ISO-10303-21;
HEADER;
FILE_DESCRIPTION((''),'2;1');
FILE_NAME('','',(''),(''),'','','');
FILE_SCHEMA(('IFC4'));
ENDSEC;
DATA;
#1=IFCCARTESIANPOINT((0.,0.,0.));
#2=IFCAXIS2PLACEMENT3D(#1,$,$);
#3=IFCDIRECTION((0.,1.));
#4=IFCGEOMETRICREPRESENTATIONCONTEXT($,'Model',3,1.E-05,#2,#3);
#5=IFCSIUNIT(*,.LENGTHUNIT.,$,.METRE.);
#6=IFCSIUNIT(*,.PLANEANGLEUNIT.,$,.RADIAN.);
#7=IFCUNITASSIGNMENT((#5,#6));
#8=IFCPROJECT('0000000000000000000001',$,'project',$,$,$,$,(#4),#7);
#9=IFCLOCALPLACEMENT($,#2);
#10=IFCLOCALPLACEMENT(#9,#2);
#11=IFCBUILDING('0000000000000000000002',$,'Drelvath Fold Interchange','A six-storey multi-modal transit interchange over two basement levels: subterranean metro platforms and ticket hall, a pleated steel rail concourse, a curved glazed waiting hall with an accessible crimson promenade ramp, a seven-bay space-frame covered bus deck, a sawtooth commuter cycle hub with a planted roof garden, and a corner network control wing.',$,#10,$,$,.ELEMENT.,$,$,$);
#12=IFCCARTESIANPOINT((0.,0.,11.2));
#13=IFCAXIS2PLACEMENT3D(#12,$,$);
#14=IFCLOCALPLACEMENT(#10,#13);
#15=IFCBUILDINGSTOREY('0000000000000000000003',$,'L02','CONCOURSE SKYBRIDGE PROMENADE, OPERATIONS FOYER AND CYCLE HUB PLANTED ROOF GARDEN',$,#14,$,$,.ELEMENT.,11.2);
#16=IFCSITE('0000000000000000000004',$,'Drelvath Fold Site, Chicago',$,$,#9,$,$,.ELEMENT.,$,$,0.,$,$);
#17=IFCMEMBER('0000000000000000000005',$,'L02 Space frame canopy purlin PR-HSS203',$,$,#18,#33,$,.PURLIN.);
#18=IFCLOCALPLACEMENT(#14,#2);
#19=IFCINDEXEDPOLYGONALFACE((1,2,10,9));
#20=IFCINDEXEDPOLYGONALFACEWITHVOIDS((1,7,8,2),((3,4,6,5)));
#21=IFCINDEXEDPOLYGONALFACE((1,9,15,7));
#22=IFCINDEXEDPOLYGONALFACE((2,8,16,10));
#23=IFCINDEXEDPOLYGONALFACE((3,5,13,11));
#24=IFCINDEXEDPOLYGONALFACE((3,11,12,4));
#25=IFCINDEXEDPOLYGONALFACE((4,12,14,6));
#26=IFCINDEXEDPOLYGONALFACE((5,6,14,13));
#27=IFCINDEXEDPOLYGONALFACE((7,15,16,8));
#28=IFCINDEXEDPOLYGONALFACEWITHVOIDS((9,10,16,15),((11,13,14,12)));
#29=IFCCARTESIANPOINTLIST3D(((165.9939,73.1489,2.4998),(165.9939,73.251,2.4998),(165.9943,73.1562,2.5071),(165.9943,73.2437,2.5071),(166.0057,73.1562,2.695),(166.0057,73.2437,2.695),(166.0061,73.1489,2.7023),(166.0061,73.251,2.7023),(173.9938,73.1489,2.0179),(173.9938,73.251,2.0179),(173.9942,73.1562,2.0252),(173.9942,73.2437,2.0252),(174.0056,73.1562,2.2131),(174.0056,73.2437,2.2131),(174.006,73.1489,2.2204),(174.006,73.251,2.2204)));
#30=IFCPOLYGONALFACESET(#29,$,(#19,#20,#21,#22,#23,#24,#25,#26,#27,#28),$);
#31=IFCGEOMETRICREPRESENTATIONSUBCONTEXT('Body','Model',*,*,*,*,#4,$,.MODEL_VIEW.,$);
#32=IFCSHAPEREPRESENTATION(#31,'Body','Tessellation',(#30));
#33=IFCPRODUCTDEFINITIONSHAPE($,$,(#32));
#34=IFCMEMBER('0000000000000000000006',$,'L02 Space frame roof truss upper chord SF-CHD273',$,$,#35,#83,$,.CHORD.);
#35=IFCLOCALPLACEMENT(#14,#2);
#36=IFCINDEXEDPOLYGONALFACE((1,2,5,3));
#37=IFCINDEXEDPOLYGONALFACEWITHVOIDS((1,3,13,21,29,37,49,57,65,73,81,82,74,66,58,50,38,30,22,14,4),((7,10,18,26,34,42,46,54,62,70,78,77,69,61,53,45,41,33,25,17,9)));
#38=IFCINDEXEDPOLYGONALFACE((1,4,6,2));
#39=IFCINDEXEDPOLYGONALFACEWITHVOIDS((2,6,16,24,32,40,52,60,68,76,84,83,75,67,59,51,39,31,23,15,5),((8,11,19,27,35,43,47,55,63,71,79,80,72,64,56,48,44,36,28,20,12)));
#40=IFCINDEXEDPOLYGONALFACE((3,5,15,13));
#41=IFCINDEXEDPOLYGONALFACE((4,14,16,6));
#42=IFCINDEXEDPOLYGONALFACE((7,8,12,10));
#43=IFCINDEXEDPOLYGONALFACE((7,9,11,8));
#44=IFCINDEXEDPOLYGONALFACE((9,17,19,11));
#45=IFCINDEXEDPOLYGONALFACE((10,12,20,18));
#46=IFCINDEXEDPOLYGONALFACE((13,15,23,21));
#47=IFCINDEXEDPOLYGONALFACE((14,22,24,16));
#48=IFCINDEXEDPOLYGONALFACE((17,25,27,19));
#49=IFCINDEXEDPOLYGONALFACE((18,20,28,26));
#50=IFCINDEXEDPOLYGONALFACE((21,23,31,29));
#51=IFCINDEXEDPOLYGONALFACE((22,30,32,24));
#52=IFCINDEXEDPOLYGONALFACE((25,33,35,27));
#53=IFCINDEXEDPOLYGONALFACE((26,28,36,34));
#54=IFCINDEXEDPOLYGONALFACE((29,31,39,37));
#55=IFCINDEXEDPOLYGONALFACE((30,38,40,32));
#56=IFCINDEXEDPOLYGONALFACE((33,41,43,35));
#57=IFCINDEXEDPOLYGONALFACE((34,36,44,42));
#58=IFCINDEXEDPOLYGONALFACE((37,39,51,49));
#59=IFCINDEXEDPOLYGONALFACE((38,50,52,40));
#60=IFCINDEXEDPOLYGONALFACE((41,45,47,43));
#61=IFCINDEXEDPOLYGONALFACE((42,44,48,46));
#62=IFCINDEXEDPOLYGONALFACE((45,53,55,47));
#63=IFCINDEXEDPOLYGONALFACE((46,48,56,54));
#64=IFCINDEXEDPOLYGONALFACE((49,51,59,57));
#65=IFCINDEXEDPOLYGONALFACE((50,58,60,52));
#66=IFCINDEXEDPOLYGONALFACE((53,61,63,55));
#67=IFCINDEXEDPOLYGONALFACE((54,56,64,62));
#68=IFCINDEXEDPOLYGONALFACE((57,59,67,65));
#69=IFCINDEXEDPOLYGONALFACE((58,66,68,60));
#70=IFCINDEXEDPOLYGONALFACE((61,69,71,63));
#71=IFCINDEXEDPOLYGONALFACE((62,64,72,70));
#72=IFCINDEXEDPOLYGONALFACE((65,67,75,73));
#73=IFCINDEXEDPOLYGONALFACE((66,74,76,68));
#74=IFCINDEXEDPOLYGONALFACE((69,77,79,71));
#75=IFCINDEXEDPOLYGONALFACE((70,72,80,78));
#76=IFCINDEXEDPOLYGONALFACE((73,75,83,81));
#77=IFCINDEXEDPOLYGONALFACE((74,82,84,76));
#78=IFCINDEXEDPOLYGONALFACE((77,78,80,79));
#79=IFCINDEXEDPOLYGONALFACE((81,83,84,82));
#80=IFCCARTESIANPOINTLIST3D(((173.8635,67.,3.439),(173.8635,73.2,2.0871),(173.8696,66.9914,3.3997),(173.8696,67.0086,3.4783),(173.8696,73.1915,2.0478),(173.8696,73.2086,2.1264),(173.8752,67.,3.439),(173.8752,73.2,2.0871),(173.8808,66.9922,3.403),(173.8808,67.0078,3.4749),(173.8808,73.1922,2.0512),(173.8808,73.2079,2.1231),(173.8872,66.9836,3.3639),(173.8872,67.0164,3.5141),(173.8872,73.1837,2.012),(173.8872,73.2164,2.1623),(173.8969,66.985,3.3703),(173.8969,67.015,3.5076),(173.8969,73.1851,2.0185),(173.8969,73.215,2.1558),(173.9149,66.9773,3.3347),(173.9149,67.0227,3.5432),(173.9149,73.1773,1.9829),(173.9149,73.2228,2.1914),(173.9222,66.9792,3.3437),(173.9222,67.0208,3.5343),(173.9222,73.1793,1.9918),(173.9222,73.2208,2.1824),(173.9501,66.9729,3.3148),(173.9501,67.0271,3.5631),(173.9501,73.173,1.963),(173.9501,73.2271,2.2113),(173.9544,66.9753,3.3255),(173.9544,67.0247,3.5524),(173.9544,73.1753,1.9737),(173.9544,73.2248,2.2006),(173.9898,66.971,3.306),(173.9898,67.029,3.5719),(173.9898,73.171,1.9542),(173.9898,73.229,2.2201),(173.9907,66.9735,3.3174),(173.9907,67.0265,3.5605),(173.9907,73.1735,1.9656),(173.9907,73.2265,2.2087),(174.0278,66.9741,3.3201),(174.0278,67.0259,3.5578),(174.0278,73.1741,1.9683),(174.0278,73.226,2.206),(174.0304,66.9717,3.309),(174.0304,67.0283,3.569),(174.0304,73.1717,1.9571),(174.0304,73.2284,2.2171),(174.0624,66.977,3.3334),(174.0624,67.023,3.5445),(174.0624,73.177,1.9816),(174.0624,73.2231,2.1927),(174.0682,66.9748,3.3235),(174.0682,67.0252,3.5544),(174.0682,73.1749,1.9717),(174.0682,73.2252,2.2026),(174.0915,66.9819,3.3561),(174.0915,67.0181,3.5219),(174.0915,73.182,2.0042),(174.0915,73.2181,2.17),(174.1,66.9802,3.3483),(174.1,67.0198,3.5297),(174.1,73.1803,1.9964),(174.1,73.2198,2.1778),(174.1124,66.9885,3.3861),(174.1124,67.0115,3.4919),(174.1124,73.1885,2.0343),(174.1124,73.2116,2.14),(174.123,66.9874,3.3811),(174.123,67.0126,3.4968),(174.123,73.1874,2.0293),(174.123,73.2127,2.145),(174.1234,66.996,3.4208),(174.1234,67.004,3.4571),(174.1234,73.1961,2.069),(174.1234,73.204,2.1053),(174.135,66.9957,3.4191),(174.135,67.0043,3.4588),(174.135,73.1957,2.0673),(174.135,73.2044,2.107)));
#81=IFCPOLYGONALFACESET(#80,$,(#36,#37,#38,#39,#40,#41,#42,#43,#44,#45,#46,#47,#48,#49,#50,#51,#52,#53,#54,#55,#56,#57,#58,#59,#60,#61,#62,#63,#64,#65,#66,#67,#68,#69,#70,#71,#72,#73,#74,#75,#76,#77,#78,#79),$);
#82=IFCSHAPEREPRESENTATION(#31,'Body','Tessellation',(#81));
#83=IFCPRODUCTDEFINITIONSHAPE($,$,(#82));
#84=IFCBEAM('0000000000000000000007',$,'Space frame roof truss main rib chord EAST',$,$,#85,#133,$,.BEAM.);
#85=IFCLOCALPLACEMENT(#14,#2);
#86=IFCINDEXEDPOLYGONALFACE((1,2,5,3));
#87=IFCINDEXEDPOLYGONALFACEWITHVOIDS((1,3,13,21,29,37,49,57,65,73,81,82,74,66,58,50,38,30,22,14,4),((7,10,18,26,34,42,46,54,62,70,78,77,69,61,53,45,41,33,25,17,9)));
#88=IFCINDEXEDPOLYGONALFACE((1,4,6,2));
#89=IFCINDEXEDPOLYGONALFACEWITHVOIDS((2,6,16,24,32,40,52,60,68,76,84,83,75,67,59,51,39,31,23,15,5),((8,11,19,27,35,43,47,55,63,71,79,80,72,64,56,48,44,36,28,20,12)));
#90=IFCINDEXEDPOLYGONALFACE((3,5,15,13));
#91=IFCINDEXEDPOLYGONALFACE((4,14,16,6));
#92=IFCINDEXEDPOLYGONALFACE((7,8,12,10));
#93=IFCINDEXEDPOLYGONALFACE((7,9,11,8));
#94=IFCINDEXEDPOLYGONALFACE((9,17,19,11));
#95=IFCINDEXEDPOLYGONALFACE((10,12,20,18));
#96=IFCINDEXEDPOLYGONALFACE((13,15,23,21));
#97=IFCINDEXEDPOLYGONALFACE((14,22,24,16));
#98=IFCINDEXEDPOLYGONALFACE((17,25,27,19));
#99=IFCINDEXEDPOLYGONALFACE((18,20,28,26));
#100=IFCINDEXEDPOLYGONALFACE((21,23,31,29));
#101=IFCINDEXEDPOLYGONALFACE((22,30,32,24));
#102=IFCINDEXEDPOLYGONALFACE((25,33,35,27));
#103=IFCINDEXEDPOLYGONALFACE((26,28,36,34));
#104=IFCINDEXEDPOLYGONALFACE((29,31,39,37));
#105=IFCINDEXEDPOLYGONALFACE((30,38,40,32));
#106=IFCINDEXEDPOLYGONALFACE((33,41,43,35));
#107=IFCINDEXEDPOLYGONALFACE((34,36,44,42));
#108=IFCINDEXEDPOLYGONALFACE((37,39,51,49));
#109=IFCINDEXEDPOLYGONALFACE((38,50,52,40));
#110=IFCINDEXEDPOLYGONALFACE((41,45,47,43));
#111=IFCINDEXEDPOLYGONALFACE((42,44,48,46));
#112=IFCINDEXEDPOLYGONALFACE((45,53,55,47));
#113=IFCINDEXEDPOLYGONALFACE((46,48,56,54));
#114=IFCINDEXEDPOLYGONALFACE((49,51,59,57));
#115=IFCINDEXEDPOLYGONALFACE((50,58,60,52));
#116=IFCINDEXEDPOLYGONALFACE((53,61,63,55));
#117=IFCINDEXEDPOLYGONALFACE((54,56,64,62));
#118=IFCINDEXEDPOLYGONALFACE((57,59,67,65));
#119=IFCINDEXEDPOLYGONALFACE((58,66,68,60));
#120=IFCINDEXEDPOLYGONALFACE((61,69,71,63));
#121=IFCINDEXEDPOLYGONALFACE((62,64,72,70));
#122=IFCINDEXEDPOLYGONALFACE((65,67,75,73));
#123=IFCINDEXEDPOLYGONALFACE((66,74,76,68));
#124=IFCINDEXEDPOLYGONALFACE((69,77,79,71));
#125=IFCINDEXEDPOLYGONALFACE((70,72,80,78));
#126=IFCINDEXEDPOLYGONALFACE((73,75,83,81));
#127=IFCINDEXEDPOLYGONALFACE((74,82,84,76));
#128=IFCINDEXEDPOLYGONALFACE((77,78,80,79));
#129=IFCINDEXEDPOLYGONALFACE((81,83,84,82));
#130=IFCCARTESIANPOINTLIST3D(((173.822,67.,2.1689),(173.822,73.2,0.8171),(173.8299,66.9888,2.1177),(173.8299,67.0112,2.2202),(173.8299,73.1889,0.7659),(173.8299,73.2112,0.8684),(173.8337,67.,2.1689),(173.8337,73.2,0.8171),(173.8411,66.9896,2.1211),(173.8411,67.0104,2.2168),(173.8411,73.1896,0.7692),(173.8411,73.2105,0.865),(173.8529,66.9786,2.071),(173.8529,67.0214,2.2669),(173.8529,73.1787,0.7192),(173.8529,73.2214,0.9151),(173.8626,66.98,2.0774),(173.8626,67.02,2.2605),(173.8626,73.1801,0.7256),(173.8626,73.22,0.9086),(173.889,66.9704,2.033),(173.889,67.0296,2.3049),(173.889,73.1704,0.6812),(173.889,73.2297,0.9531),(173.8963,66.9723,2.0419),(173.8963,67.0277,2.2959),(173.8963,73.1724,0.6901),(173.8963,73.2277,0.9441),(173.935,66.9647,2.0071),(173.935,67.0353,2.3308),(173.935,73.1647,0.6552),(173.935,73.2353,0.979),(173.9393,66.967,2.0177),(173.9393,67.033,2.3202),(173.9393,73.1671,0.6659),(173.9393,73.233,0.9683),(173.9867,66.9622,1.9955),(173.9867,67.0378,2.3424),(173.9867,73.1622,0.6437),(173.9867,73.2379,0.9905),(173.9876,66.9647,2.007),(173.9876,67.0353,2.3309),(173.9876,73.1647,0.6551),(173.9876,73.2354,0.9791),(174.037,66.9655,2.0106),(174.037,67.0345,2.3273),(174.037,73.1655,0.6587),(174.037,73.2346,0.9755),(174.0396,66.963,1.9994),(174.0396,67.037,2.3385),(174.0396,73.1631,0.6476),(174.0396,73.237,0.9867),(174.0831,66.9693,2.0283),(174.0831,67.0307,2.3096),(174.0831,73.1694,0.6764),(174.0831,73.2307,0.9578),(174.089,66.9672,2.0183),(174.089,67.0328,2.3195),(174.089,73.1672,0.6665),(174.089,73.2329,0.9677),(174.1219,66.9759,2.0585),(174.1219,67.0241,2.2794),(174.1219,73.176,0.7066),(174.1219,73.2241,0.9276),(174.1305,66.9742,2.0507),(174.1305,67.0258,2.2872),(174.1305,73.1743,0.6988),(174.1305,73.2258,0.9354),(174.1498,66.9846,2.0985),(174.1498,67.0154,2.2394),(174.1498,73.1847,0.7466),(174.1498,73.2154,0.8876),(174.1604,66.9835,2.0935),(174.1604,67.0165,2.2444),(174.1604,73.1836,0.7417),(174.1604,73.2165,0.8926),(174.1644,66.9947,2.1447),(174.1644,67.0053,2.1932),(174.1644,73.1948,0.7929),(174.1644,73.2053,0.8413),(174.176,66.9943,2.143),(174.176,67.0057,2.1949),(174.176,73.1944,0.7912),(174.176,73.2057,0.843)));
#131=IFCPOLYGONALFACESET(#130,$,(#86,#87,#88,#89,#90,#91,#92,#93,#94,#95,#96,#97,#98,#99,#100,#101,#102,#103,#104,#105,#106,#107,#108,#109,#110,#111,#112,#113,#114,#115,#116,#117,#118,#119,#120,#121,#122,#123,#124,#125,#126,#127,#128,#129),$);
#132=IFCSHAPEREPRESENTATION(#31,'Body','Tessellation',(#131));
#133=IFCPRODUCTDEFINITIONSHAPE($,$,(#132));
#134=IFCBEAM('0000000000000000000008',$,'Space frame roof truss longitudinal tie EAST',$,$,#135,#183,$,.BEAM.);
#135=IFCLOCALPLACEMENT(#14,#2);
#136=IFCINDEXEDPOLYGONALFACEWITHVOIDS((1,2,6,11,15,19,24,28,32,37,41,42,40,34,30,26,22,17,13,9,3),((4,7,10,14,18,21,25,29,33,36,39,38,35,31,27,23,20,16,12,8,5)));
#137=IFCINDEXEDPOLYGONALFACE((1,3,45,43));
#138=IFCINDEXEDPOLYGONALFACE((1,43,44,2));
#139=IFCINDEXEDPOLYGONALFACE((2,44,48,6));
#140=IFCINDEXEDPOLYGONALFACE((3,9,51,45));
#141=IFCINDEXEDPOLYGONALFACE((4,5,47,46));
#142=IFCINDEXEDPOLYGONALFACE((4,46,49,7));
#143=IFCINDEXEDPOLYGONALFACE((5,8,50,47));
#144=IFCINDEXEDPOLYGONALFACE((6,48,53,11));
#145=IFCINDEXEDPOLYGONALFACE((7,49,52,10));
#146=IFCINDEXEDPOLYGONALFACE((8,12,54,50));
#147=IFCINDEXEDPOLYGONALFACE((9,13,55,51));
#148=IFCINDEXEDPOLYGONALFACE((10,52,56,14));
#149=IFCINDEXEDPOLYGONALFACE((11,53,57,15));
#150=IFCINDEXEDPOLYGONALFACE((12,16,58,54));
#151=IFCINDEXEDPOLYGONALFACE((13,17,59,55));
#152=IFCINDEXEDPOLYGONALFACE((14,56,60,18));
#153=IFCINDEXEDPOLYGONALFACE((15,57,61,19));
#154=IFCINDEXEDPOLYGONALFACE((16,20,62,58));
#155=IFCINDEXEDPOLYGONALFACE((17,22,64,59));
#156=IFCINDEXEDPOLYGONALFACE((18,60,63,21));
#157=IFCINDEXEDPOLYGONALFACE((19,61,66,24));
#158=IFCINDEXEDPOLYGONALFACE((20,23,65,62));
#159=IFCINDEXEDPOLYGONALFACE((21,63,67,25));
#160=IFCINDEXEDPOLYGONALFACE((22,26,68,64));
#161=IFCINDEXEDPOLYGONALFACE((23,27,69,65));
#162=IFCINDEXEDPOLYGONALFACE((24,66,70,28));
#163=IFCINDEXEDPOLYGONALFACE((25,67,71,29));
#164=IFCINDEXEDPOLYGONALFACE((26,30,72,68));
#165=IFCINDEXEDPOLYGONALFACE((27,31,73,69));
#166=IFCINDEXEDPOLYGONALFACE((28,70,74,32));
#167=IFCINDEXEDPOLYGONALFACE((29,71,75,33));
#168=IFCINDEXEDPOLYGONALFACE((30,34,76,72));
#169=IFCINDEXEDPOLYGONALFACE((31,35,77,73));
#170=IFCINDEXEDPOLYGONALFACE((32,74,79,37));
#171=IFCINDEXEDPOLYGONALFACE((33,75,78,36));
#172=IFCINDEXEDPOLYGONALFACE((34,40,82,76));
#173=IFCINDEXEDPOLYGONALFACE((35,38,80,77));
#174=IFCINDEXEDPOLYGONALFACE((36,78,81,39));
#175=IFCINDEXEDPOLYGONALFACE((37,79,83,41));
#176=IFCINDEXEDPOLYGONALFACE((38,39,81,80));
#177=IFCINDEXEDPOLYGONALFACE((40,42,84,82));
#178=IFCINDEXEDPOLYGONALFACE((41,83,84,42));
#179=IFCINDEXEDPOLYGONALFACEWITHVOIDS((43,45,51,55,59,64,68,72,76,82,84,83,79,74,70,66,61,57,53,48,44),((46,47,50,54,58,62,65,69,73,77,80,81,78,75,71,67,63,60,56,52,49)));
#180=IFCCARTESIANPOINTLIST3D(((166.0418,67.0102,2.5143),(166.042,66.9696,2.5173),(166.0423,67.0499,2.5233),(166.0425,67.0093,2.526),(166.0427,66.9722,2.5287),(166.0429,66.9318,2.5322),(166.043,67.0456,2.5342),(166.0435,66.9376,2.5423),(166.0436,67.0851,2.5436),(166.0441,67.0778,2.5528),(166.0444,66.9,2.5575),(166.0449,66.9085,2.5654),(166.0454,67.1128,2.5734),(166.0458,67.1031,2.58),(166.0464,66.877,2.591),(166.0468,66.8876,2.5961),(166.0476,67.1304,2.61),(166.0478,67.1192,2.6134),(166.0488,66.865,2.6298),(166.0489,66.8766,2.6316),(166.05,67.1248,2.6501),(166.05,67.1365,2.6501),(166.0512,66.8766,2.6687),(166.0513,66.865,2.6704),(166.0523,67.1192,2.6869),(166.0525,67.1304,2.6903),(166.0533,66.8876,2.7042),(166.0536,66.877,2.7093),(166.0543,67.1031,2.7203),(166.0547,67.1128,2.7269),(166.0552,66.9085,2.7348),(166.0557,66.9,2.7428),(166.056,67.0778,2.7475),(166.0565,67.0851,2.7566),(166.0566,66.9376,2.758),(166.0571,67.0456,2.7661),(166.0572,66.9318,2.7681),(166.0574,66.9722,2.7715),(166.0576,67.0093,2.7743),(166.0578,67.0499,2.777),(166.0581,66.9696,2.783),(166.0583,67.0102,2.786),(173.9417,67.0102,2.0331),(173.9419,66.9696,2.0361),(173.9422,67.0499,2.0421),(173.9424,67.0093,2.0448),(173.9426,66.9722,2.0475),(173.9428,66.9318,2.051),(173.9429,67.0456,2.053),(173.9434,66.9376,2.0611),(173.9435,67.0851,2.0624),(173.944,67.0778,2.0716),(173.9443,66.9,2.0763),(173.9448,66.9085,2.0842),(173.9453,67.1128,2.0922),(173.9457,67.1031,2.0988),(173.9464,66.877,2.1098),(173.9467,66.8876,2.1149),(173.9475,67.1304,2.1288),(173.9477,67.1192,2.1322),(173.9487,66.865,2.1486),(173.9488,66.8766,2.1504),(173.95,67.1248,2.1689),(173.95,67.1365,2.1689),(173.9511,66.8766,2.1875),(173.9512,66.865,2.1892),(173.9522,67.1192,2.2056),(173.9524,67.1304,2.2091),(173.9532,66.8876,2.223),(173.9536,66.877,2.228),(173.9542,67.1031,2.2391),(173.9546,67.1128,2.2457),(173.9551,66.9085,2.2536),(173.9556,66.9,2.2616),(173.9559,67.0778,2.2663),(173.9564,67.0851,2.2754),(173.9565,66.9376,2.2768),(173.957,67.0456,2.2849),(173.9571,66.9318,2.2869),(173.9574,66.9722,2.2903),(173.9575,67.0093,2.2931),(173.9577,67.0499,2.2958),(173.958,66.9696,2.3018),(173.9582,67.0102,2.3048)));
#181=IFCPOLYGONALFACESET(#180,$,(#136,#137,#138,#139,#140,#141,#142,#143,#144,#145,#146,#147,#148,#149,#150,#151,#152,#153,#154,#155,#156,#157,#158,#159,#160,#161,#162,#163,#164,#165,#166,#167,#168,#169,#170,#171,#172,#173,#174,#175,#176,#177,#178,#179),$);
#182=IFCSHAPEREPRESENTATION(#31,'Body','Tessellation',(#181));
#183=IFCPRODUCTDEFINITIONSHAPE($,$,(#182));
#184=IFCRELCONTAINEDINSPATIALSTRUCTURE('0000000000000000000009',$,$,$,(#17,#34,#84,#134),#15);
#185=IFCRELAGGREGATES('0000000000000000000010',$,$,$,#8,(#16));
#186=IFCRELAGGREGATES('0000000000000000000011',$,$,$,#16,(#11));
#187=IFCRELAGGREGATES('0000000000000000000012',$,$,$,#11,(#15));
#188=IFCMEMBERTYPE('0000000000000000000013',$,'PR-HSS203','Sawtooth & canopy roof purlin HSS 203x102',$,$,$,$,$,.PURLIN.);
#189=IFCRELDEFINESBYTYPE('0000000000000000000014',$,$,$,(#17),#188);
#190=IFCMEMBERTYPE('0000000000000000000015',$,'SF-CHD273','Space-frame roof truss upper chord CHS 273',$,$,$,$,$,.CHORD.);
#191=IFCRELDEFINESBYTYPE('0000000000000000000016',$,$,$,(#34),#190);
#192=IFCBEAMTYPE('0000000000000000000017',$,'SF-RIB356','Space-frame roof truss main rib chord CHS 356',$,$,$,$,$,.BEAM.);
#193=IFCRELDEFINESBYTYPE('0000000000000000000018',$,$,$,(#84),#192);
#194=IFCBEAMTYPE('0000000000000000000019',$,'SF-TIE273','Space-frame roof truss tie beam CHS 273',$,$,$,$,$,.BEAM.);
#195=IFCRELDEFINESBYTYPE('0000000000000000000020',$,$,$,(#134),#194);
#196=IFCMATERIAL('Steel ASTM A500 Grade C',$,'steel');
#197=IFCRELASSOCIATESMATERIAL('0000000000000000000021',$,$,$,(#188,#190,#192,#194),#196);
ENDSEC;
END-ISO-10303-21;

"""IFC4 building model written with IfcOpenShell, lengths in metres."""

from ifc_helpers import new_model, si_unit, direction, frame, origin, origin_2d, place, context, subcontext, project, spatial, hollow_rectangle, hollow_circle, extrude, material, material_profile, profile_set, type_object, element, save


model = new_model("IFC4")

# Units and contexts
model_context = context("Model", 3, precision=1e-05, world=origin(), true_north=direction((0.0, 1.0)))
body_context = subcontext(model_context, "Body", "Model", "MODEL_VIEW")
ifc_project = project(units=[si_unit("LENGTHUNIT", "METRE"), si_unit("PLANEANGLEUNIT", "RADIAN")], contexts=[model_context])

# Site, building, storey
site_placement = place(None, origin())
site = spatial("IfcSite", under=ifc_project, at=site_placement, Name="Drelvath Fold Site, Chicago", CompositionType="ELEMENT", RefElevation=0.0)
building_placement = place(site_placement, origin())
building = spatial("IfcBuilding", under=site, at=building_placement, Name="Drelvath Fold Interchange", Description="A six-storey multi-modal transit interchange over two basement levels: subterranean metro platforms and ticket hall, a pleated steel rail concourse, a curved glazed waiting hall with an accessible crimson promenade ramp, a seven-bay space-frame covered bus deck, a sawtooth commuter cycle hub with a planted roof garden, and a corner network control wing.", CompositionType="ELEMENT")
storey_placement = place(building_placement, frame((0.0, 0.0, 11.2)))
storey = spatial("IfcBuildingStorey", under=building, at=storey_placement, Name="L02", Description="CONCOURSE SKYBRIDGE PROMENADE, OPERATIONS FOYER AND CYCLE HUB PLANTED ROOF GARDEN", CompositionType="ELEMENT", Elevation=11.2)

# Members
ifc_material_1 = material(Name="Steel ASTM A500 Grade C", Category="steel")
ifc_material_profile_1 = material_profile(ifc_material_1, hollow_rectangle(XDim=0.1021, YDim=0.2029, WallThickness=0.0073, at=origin_2d()), Name="HSS8X4X5/16")
ifc_profile_set_1 = profile_set([ifc_material_profile_1], Name="Steel ASTM A500 Grade C")
member_type_1 = type_object("IfcMemberType", Name="PR-HSS203", Description="Sawtooth & canopy roof purlin HSS 203x102", PredefinedType="PURLIN", material=ifc_profile_set_1)
member_1_placement = place(storey_placement, frame((166.0, 73.2, 2.6011), z_axis=(0.99819, 0.0, -0.060133), x_axis=(0.0, 1.0, 0.0)))
element("IfcMember", 1, at=member_1_placement, inside=storey, type_object=member_type_1, Name="L02 Space frame canopy purlin PR-HSS203", PredefinedType="PURLIN", context=body_context, shape_type="SweptSolid", body=[
    extrude(hollow_rectangle(XDim=0.1021, YDim=0.2029, WallThickness=0.0073, at=origin_2d()), origin(), (0.0, 0.0, 1.0), 8.0144),
])
ifc_material_profile_2 = material_profile(ifc_material_1, hollow_circle(Radius=0.1365, WallThickness=0.0117, at=origin_2d()), Name="HSS10.750X0.500")
ifc_profile_set_2 = profile_set([ifc_material_profile_2], Name="Steel ASTM A500 Grade C")
member_type_2 = type_object("IfcMemberType", Name="SF-CHD273", Description="Space-frame roof truss upper chord CHS 273", PredefinedType="CHORD", material=ifc_profile_set_2)
member_2_placement = place(storey_placement, frame((174.0, 67.0, 3.439), z_axis=(0.0, 0.977046, -0.21303), x_axis=(-1.0, 0.0, 0.0)))
element("IfcMember", 2, at=member_2_placement, inside=storey, type_object=member_type_2, Name="L02 Space frame roof truss upper chord SF-CHD273", PredefinedType="CHORD", context=body_context, shape_type="SweptSolid", body=[
    extrude(hollow_circle(Radius=0.1365, WallThickness=0.0117, at=origin_2d()), origin(), (0.0, 0.0, 1.0), 6.3457),
])

# Beams
ifc_material_profile_3 = material_profile(ifc_material_1, hollow_circle(Radius=0.178, WallThickness=0.0117, at=origin_2d()), Name="HSS14.000X0.500")
ifc_profile_set_3 = profile_set([ifc_material_profile_3], Name="Steel ASTM A500 Grade C")
beam_type_1 = type_object("IfcBeamType", Name="SF-RIB356", Description="Space-frame roof truss main rib chord CHS 356", PredefinedType="BEAM", material=ifc_profile_set_3)
beam_1_placement = place(storey_placement, frame((174.0, 67.0, 2.1689), z_axis=(0.0, 0.977046, -0.21303), x_axis=(-1.0, 0.0, 0.0)))
element("IfcBeam", 3, at=beam_1_placement, inside=storey, type_object=beam_type_1, Name="Space frame roof truss main rib chord EAST", PredefinedType="BEAM", context=body_context, shape_type="SweptSolid", body=[
    extrude(hollow_circle(Radius=0.178, WallThickness=0.0117, at=origin_2d()), origin(), (0.0, 0.0, 1.0), 6.3457),
])
ifc_material_profile_4 = material_profile(ifc_material_1, hollow_circle(Radius=0.1365, WallThickness=0.0117, at=origin_2d()), Name="HSS10.750X0.500")
ifc_profile_set_4 = profile_set([ifc_material_profile_4], Name="Steel ASTM A500 Grade C")
beam_type_2 = type_object("IfcBeamType", Name="SF-TIE273", Description="Space-frame roof truss tie beam CHS 273", PredefinedType="BEAM", material=ifc_profile_set_4)
beam_2_placement = place(storey_placement, frame((166.05, 67.0, 2.6501), z_axis=(0.99815, 0.0, -0.0608), x_axis=(0.0, 1.0, 0.0)))
element("IfcBeam", 4, at=beam_2_placement, inside=storey, type_object=beam_type_2, Name="Space frame roof truss longitudinal tie EAST", PredefinedType="BEAM", context=body_context, shape_type="SweptSolid", body=[
    extrude(hollow_circle(Radius=0.1365, WallThickness=0.0117, at=origin_2d()), origin(), (0.0, 0.0, 1.0), 7.9146),
])

save(model, "model.ifc")
